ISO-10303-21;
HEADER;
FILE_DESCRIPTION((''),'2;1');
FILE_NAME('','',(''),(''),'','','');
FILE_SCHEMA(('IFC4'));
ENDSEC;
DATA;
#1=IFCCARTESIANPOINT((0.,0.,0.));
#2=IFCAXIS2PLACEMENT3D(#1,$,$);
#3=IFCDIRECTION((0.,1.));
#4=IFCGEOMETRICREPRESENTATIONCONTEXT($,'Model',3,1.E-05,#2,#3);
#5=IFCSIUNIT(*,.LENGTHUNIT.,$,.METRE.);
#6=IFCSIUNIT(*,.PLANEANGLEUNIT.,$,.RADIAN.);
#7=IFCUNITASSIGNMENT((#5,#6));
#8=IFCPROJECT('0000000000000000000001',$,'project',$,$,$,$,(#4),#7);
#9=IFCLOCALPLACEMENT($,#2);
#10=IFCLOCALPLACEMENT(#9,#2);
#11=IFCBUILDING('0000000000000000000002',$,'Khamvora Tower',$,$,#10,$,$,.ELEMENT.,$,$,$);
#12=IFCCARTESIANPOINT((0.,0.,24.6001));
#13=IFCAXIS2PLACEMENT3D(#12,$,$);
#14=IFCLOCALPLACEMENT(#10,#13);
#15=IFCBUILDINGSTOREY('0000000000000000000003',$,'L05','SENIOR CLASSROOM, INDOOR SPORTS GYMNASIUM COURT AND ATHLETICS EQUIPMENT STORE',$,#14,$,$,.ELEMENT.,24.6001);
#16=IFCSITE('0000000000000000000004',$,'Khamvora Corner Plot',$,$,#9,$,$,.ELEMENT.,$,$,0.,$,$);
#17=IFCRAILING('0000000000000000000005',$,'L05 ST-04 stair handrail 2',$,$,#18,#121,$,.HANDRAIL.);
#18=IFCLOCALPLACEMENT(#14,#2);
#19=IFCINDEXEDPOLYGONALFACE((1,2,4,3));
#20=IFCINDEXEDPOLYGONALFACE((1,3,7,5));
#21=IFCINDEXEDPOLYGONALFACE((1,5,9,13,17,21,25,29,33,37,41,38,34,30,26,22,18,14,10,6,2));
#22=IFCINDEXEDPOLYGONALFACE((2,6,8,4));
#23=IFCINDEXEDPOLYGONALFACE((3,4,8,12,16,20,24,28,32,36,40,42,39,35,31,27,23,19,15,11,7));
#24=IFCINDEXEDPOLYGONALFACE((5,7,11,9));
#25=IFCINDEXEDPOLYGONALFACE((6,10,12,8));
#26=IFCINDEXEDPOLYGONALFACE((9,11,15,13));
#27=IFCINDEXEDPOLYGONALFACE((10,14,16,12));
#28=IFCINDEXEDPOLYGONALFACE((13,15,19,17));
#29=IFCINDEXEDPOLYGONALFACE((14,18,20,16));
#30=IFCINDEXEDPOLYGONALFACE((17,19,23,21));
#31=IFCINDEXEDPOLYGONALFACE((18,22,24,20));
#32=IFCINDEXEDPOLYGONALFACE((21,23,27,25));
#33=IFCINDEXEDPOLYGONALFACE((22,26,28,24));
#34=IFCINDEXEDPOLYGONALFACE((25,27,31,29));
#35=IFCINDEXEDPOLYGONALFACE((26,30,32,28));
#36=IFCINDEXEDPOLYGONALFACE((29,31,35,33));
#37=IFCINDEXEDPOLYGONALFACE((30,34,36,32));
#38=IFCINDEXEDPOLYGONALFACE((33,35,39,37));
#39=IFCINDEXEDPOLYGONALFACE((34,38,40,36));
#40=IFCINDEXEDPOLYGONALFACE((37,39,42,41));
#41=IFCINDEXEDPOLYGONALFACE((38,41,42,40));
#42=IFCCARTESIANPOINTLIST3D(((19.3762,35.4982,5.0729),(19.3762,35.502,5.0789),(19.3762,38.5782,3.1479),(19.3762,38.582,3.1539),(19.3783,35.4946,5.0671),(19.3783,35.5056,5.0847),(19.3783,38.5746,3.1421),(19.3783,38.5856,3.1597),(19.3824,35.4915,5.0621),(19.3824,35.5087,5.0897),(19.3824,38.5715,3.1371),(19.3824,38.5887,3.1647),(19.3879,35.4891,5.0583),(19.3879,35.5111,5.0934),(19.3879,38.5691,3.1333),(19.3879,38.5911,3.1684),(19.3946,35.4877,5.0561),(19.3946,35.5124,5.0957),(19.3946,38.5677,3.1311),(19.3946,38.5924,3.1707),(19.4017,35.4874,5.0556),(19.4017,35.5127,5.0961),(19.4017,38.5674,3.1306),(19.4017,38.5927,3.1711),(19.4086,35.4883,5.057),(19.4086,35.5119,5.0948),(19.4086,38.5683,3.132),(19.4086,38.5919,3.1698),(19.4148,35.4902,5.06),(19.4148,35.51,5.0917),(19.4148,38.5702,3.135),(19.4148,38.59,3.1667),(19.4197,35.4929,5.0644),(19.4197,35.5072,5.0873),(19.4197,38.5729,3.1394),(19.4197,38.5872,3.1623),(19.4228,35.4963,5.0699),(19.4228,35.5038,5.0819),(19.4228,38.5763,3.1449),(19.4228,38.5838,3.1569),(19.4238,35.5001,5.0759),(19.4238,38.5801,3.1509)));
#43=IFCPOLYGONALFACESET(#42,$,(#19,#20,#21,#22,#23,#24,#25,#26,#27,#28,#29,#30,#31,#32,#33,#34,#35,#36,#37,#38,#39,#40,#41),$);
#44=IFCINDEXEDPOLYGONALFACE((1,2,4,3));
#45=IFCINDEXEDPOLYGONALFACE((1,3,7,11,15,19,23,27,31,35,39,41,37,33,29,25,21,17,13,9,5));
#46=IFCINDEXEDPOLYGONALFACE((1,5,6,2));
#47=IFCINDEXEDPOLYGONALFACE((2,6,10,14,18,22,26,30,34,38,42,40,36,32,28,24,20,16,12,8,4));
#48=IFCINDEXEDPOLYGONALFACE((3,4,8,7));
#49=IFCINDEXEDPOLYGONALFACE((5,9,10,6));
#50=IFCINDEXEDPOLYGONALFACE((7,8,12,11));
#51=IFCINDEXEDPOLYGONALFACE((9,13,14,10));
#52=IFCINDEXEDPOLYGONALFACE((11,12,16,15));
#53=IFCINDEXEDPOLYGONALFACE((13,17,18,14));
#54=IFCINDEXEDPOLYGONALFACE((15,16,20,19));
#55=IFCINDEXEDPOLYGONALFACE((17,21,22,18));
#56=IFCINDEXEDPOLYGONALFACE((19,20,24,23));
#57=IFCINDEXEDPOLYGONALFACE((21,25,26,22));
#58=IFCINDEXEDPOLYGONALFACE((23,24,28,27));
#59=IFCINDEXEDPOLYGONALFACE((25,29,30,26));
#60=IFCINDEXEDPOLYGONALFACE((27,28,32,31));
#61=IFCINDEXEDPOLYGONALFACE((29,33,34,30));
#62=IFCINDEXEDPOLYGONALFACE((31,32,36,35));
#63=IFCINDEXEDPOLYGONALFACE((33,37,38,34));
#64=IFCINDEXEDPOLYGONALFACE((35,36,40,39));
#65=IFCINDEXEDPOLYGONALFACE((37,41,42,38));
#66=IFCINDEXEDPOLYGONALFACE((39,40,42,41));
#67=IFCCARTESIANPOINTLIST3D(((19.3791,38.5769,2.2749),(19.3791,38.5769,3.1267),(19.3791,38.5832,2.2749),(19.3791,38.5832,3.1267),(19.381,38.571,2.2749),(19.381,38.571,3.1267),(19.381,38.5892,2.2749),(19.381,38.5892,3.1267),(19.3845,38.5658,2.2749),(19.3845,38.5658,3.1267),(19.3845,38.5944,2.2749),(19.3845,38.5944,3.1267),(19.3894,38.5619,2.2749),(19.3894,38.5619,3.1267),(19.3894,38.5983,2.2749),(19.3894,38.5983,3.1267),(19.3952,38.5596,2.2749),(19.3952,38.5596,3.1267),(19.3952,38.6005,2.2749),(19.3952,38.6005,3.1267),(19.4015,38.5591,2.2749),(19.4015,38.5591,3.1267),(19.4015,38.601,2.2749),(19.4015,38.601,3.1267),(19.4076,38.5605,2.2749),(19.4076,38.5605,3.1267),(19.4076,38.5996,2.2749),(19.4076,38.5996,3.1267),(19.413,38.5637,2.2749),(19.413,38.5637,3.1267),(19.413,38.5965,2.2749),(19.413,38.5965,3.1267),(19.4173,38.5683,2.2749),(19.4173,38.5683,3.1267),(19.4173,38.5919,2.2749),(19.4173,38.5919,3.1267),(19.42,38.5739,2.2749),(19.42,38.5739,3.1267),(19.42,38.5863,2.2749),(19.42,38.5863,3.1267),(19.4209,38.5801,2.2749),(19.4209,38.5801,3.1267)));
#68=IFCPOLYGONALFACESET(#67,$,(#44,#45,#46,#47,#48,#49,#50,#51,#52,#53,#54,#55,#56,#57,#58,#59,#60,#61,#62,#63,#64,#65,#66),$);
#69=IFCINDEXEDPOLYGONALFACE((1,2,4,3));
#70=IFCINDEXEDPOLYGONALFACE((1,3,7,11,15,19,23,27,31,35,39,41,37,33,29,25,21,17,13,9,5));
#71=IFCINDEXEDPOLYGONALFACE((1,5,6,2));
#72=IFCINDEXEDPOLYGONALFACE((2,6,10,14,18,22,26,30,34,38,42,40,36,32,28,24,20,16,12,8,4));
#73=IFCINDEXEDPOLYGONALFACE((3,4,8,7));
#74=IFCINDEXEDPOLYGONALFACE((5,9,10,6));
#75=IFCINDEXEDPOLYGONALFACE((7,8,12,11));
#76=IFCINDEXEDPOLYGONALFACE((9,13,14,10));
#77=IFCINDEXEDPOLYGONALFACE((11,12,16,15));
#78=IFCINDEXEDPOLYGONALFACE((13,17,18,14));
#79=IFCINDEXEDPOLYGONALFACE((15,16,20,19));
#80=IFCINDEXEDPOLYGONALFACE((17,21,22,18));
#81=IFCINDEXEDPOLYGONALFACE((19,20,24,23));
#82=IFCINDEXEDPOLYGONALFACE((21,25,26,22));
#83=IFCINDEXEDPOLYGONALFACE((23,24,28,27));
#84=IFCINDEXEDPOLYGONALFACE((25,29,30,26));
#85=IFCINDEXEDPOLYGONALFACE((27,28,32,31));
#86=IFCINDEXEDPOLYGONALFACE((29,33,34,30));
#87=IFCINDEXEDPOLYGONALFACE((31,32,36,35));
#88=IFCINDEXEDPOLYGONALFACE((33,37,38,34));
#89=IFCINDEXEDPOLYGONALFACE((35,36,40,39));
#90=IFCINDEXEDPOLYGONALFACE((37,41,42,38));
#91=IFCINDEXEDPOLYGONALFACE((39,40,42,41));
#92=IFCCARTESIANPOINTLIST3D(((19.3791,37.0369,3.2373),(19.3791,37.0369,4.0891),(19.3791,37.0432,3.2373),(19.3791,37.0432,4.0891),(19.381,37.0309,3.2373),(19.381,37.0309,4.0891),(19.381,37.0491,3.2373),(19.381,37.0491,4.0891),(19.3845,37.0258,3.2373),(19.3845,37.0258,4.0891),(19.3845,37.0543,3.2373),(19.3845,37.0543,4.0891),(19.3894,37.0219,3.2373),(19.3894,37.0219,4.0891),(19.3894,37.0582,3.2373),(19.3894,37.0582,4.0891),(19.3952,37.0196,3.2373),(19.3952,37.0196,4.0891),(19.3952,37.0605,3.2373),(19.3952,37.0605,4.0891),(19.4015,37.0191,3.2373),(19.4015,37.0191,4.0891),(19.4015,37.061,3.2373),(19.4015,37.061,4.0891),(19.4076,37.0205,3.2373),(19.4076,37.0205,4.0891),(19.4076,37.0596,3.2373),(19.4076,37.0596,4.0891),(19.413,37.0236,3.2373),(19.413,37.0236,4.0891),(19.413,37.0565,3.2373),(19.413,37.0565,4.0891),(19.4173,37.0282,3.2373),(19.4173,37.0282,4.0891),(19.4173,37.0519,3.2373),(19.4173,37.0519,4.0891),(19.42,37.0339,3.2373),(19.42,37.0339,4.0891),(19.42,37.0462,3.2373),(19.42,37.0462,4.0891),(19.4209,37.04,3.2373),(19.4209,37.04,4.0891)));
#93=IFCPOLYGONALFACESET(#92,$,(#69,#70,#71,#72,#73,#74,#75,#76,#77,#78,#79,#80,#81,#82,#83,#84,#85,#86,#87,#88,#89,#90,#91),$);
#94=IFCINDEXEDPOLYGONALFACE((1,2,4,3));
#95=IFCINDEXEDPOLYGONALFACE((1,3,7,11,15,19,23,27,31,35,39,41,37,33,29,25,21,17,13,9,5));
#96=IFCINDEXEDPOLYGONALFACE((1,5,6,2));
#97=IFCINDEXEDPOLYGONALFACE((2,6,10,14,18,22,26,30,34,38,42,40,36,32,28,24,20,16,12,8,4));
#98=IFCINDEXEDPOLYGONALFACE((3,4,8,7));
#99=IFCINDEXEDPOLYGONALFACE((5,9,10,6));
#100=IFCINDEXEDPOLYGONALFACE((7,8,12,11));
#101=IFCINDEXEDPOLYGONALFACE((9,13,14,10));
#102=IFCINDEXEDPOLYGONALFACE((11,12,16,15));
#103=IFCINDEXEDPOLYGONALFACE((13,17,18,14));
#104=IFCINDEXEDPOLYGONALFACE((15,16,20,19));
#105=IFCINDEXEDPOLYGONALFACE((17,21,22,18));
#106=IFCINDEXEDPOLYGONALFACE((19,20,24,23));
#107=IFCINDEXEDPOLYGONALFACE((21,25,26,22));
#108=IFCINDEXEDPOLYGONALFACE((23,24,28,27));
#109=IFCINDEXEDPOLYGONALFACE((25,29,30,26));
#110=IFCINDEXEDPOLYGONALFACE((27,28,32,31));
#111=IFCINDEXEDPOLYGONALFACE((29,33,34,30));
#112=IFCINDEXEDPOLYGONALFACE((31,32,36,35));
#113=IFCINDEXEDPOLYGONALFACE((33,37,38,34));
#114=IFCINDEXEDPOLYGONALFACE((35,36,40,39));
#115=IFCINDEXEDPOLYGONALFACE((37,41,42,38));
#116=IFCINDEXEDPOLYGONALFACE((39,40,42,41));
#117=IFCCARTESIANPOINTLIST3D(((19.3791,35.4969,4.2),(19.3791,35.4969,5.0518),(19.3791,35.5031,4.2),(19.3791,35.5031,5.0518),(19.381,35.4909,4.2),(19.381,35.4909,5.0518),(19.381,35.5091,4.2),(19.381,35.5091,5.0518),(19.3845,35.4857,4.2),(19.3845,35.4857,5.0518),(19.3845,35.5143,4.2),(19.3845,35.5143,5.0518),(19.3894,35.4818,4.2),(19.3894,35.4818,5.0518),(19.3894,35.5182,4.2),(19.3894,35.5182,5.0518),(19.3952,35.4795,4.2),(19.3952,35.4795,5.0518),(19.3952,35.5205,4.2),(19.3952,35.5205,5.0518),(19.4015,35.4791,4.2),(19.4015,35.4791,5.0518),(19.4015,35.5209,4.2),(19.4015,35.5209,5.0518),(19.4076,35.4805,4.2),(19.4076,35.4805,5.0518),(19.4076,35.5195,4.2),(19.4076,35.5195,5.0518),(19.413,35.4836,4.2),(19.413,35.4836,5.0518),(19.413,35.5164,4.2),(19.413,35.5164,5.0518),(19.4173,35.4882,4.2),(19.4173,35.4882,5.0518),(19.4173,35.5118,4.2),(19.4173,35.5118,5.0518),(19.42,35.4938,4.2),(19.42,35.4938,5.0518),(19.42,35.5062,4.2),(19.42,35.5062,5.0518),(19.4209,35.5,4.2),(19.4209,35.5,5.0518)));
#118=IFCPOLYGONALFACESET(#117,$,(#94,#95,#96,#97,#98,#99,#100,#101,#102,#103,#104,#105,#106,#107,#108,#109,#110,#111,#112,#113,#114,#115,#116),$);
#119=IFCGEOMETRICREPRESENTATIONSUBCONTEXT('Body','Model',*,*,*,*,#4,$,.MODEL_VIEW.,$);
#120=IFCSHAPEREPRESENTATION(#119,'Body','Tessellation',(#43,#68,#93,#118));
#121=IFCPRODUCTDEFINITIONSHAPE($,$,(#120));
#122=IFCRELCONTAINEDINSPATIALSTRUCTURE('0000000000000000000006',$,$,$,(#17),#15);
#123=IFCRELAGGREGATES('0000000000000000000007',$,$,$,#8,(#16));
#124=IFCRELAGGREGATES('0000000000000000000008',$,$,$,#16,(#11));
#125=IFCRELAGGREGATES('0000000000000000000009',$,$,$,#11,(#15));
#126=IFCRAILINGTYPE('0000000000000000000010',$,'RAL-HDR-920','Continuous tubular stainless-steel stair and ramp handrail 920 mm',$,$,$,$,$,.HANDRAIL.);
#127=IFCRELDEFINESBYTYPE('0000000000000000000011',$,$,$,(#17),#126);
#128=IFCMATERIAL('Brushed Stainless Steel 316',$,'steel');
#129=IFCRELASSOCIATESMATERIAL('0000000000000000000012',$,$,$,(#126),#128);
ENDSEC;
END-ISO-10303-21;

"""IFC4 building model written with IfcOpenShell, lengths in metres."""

from ifc_helpers import new_model, si_unit, direction, frame, origin, origin_2d, place, context, subcontext, project, spatial, circle, extrude, material, type_object, element, save


model = new_model("IFC4")

# Units and contexts
model_context = context("Model", 3, precision=1e-05, world=origin(), true_north=direction((0.0, 1.0)))
body_context = subcontext(model_context, "Body", "Model", "MODEL_VIEW")
ifc_project = project(units=[si_unit("LENGTHUNIT", "METRE"), si_unit("PLANEANGLEUNIT", "RADIAN")], contexts=[model_context])

# Site, building, storey
site_placement = place(None, origin())
site = spatial("IfcSite", under=ifc_project, at=site_placement, Name="Khamvora Corner Plot", CompositionType="ELEMENT", RefElevation=0.0)
building_placement = place(site_placement, origin())
building = spatial("IfcBuilding", under=site, at=building_placement, Name="Khamvora Tower", CompositionType="ELEMENT")
storey_placement = place(building_placement, frame((0.0, 0.0, 24.6001)))
storey = spatial("IfcBuildingStorey", under=building, at=storey_placement, Name="L05", Description="SENIOR CLASSROOM, INDOOR SPORTS GYMNASIUM COURT AND ATHLETICS EQUIPMENT STORE", CompositionType="ELEMENT", Elevation=24.6001)

# Railing
ifc_material_1 = material(Name="Brushed Stainless Steel 316", Category="steel")
railing_type_1 = type_object("IfcRailingType", Name="RAL-HDR-920", Description="Continuous tubular stainless-steel stair and ramp handrail 920 mm", PredefinedType="HANDRAIL", material=ifc_material_1)
railing_1_placement = place(storey_placement, frame((19.3999, 38.5801, 2.2749)))
element("IfcRailing", 1, at=railing_1_placement, inside=storey, type_object=railing_type_1, Name="L05 ST-04 stair handrail 2", PredefinedType="HANDRAIL", context=body_context, shape_type="SweptSolid", body=[
    extrude(circle(Radius=0.0239, at=origin_2d()), frame((0.0, 0.0, 0.876), z_axis=(0.0, -0.847998, 0.529999), x_axis=(1.0, 0.0, 0.0)), (0.0, 0.0, 1.0), 3.6321),
    extrude(circle(Radius=0.021, at=origin_2d()), origin(), (0.0, 0.0, 1.0), 0.8518),
    extrude(circle(Radius=0.021, at=origin_2d()), frame((0.0, -1.54, 0.9624)), (0.0, 0.0, 1.0), 0.8518),
    extrude(circle(Radius=0.021, at=origin_2d()), frame((0.0, -3.0801, 1.925)), (0.0, 0.0, 1.0), 0.8518),
])

save(model, "model.ifc")
